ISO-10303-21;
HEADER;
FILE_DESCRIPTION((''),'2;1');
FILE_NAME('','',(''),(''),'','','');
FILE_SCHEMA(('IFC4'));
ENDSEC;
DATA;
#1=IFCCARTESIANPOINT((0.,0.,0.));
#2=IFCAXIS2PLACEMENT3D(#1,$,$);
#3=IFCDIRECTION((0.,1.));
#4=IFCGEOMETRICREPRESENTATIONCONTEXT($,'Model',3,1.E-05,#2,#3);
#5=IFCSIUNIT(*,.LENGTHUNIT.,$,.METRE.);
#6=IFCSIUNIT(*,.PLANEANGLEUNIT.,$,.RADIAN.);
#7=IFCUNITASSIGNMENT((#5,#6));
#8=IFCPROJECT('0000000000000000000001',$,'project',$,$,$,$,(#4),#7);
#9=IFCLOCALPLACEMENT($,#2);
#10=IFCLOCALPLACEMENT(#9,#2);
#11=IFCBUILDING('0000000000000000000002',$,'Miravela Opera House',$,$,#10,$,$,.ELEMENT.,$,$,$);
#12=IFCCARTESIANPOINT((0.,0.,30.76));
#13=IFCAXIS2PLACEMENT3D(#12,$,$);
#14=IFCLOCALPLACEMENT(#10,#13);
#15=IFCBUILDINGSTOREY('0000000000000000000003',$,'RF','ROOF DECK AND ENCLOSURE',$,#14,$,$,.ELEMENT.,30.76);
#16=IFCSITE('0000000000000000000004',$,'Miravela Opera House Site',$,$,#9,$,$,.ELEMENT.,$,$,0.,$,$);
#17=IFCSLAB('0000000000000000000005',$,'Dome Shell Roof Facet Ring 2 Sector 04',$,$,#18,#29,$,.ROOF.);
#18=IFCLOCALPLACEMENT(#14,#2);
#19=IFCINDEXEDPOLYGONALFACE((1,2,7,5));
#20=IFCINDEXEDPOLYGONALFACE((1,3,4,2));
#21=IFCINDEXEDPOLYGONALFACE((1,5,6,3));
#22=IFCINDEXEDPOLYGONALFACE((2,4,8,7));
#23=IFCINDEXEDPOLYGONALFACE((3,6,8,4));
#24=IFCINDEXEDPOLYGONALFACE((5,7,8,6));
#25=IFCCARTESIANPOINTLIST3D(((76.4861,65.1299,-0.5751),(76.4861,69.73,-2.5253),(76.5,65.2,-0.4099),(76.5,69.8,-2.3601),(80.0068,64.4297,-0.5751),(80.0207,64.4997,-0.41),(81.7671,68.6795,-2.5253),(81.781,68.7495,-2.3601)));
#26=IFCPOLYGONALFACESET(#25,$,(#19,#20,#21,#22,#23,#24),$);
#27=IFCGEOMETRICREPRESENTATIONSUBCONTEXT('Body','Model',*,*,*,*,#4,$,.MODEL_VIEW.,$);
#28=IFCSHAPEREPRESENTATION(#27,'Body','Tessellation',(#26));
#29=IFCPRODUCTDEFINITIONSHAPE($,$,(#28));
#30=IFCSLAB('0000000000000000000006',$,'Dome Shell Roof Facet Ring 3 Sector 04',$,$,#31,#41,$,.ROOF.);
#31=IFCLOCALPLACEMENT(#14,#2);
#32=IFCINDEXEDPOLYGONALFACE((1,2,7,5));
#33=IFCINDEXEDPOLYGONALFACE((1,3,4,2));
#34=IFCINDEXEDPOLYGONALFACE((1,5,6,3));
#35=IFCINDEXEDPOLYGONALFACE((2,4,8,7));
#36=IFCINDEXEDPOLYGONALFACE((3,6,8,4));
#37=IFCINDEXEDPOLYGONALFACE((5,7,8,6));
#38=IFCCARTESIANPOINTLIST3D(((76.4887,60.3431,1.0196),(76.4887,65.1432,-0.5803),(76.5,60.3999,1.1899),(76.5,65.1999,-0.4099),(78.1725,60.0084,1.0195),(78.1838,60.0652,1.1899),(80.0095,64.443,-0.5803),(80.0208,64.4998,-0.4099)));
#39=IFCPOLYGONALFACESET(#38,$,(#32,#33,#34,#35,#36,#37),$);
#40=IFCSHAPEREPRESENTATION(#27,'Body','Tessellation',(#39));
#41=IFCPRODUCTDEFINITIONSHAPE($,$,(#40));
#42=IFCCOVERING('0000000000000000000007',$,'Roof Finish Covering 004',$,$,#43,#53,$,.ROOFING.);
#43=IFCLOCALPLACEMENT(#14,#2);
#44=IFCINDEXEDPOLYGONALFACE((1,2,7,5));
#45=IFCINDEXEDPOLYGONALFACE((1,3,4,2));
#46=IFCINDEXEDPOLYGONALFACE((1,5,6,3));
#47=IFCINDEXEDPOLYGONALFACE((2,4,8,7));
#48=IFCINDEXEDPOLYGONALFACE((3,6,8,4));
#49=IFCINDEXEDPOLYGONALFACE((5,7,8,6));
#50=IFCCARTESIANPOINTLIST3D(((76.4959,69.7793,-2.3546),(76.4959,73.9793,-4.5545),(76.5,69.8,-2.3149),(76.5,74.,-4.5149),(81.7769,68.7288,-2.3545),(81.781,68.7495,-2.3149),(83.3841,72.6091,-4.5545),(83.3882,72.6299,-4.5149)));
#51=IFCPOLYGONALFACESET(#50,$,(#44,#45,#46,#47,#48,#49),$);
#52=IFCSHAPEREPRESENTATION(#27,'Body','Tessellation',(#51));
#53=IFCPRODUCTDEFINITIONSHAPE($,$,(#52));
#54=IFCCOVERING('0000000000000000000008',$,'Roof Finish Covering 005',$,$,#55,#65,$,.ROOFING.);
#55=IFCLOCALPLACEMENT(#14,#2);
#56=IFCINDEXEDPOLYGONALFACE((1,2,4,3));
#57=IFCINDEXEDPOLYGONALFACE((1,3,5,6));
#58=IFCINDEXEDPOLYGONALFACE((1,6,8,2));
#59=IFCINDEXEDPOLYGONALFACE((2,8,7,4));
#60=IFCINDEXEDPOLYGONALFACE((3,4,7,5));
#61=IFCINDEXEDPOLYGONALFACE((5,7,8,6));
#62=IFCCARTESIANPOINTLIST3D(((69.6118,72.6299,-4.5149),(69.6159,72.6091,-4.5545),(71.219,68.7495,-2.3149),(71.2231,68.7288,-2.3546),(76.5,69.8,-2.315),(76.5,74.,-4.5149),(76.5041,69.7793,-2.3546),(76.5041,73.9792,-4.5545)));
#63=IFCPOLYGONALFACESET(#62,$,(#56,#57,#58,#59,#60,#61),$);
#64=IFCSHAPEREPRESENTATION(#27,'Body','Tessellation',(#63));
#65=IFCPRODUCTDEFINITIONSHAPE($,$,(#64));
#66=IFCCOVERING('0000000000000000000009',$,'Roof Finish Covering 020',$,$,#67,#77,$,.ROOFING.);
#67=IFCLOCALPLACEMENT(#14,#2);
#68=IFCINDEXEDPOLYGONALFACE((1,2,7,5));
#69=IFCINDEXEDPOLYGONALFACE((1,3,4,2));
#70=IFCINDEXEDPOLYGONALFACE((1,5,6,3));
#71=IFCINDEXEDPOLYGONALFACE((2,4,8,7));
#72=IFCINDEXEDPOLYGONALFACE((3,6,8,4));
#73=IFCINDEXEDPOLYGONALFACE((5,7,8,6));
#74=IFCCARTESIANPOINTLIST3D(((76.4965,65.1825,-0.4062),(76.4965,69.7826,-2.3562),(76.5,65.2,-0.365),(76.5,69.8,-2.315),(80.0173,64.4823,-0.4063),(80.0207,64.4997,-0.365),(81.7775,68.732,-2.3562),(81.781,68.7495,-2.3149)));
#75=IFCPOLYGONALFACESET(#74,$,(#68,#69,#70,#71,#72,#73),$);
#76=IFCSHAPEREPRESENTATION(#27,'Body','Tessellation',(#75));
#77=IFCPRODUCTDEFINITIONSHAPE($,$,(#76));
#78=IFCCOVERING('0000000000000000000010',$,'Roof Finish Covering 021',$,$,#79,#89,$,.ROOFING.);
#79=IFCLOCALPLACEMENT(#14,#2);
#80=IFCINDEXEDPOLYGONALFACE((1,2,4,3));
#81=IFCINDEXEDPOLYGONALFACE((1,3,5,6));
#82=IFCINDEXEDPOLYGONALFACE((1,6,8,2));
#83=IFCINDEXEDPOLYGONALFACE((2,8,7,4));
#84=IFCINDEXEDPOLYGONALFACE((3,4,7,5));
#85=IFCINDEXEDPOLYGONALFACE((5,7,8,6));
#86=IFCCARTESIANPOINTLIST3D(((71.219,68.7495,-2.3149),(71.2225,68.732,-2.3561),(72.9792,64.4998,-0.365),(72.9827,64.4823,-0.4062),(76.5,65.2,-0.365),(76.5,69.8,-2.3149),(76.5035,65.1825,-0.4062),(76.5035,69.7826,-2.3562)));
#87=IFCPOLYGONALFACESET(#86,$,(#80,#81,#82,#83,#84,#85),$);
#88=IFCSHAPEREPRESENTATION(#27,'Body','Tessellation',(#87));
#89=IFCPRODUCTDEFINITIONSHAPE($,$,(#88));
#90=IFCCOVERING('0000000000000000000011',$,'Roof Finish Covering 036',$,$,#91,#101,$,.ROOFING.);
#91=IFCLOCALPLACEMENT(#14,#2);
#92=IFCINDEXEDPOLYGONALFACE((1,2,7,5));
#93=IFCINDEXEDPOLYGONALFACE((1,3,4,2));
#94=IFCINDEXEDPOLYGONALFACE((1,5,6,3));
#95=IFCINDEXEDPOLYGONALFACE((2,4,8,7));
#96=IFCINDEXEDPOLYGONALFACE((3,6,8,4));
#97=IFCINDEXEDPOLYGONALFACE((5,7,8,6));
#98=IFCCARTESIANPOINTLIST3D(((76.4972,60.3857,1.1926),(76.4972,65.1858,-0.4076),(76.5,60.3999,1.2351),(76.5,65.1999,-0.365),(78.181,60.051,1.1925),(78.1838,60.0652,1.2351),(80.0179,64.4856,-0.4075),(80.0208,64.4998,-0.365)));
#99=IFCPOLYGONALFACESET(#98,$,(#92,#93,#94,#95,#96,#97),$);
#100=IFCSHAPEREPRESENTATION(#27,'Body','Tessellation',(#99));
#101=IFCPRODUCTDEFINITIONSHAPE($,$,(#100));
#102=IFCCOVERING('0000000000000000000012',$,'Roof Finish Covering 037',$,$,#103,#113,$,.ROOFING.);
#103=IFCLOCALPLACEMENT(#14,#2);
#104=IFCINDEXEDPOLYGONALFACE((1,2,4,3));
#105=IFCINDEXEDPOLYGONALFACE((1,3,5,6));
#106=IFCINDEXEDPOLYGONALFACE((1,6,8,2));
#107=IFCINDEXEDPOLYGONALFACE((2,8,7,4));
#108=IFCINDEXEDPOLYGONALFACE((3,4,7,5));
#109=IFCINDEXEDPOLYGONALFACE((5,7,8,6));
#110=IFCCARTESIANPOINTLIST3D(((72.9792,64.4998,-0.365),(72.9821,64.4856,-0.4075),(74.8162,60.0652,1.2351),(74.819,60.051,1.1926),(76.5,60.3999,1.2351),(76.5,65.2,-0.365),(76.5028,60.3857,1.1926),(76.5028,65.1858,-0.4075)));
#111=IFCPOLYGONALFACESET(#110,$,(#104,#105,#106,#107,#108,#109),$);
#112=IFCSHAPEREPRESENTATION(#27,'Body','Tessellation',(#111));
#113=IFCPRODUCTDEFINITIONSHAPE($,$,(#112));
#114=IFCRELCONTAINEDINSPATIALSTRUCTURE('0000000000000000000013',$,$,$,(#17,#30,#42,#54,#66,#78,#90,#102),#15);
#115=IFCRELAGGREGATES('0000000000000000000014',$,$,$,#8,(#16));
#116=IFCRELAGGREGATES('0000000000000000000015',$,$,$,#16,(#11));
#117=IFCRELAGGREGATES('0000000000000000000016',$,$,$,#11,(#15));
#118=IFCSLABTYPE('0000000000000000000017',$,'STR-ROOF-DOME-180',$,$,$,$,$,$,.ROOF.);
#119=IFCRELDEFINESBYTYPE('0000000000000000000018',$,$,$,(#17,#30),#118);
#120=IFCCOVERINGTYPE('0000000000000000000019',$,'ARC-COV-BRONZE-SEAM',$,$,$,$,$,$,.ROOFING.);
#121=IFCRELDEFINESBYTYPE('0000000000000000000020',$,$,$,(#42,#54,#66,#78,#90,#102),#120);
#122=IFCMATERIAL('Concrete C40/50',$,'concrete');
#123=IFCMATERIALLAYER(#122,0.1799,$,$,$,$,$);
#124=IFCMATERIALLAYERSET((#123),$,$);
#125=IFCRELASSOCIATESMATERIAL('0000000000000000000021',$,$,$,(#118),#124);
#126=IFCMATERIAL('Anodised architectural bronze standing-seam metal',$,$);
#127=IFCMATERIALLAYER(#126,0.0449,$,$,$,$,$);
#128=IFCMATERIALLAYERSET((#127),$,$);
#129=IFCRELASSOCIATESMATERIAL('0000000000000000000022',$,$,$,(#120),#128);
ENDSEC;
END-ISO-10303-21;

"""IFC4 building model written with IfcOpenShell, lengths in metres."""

from ifc_helpers import new_model, si_unit, direction, frame, origin, place, context, subcontext, project, spatial, polyline, outline, extrude, material, layer, layer_set, type_object, element, save


model = new_model("IFC4")

# Units and contexts
model_context = context("Model", 3, precision=1e-05, world=origin(), true_north=direction((0.0, 1.0)))
body_context = subcontext(model_context, "Body", "Model", "MODEL_VIEW")
ifc_project = project(units=[si_unit("LENGTHUNIT", "METRE"), si_unit("PLANEANGLEUNIT", "RADIAN")], contexts=[model_context])

# Site, building, storey
site_placement = place(None, origin())
site = spatial("IfcSite", under=ifc_project, at=site_placement, Name="Miravela Opera House Site", CompositionType="ELEMENT", RefElevation=0.0)
building_placement = place(site_placement, origin())
building = spatial("IfcBuilding", under=site, at=building_placement, Name="Miravela Opera House", CompositionType="ELEMENT")
storey_placement = place(building_placement, frame((0.0, 0.0, 30.76)))
storey = spatial("IfcBuildingStorey", under=building, at=storey_placement, Name="RF", Description="ROOF DECK AND ENCLOSURE", CompositionType="ELEMENT", Elevation=30.76)

# Slabs
ifc_material_1 = material(Name="Concrete C40/50", Category="concrete")
ifc_layer_1 = layer(ifc_material_1, 0.1799)
ifc_layer_set_1 = layer_set([ifc_layer_1])
slab_type = type_object("IfcSlabType", Name="STR-ROOF-DOME-180", PredefinedType="ROOF", material=ifc_layer_set_1)
slab_1_placement = place(storey_placement, frame((81.781, 68.7495, -2.3601), z_axis=(0.077406, 0.389156, 0.917914), x_axis=(-0.980783, 0.195102, -0.000007)))
element("IfcSlab", 1, at=slab_1_placement, inside=storey, type_object=slab_type, Name="Dome Shell Roof Facet Ring 2 Sector 04", PredefinedType="ROOF", context=body_context, shape_type="SweptSolid", body=[
    extrude(outline(polyline([(0.0, 0.0), (5.3845, 0.0), (4.487, 4.9151), (0.8973, 4.915), (0.0, 0.0)])), origin(), (0.0, 0.0, -1.0), 0.1799),
])
slab_2_placement = place(storey_placement, frame((80.0208, 64.4998, -0.4099), z_axis=(0.062752, 0.315582, 0.946821), x_axis=(-0.980793, 0.195054, -0.000009)))
element("IfcSlab", 2, at=slab_2_placement, inside=storey, type_object=slab_type, Name="Dome Shell Roof Facet Ring 3 Sector 04", PredefinedType="ROOF", context=body_context, shape_type="SweptSolid", body=[
    extrude(outline(polyline([(0.0, 0.0), (3.5897, 0.0), (2.6534, 4.9723), (0.9366, 4.9721), (0.0, 0.0)])), origin(), (0.0, 0.0, -1.0), 0.1799),
])

# Coverings
ifc_material_2 = material(Name="Anodised architectural bronze standing-seam metal")
ifc_layer_2 = layer(ifc_material_2, 0.0449)
ifc_layer_set_2 = layer_set([ifc_layer_2])
covering_type = type_object("IfcCoveringType", Name="ARC-COV-BRONZE-SEAM", PredefinedType="ROOFING", material=ifc_layer_set_2)
covering_1_placement = place(storey_placement, frame((83.3882, 72.6299, -4.5149), z_axis=(0.091906, 0.462034, 0.882087), x_axis=(-0.980786, 0.195088, 0.000003)))
element("IfcCovering", 3, at=covering_1_placement, inside=storey, type_object=covering_type, Name="Roof Finish Covering 004", PredefinedType="ROOFING", context=body_context, shape_type="SweptSolid", body=[
    extrude(outline(polyline([(0.0, 0.0), (7.0231, 0.0), (6.2038, 4.6699), (0.8193, 4.67), (0.0, 0.0)])), origin(), (0.0, 0.0, -1.0), 0.0449),
])
covering_2_placement = place(storey_placement, frame((76.5, 74.0, -4.5149), z_axis=(-0.091906, 0.462034, 0.882087), x_axis=(-0.980786, -0.195088, -0.000003)))
element("IfcCovering", 4, at=covering_2_placement, inside=storey, type_object=covering_type, Name="Roof Finish Covering 005", PredefinedType="ROOFING", context=body_context, shape_type="SweptSolid", body=[
    extrude(outline(polyline([(0.0, 0.0), (7.0231, 0.0), (6.2038, 4.67), (0.8194, 4.6699), (0.0, 0.0)])), origin(), (0.0, 0.0, -1.0), 0.0449),
])
covering_3_placement = place(storey_placement, frame((81.781, 68.7495, -2.3149), z_axis=(0.077398, 0.389115, 0.917932), x_axis=(-0.980783, 0.195102, -0.000007)))
element("IfcCovering", 5, at=covering_3_placement, inside=storey, type_object=covering_type, Name="Roof Finish Covering 020", PredefinedType="ROOFING", context=body_context, shape_type="SweptSolid", body=[
    extrude(outline(polyline([(0.0, 0.0), (5.3845, 0.0), (4.487, 4.915), (0.8973, 4.9149), (0.0, 0.0)])), origin(), (0.0, 0.0, -1.0), 0.0449),
])
covering_4_placement = place(storey_placement, frame((76.5, 69.8, -2.3149), z_axis=(-0.077398, 0.389115, 0.917932), x_axis=(-0.980783, -0.195102, 0.000007)))
element("IfcCovering", 6, at=covering_4_placement, inside=storey, type_object=covering_type, Name="Roof Finish Covering 021", PredefinedType="ROOFING", context=body_context, shape_type="SweptSolid", body=[
    extrude(outline(polyline([(0.0, 0.0), (5.3845, 0.0), (4.4872, 4.9149), (0.8975, 4.915), (0.0, 0.0)])), origin(), (0.0, 0.0, -1.0), 0.0449),
])
covering_5_placement = place(storey_placement, frame((80.0208, 64.4998, -0.365), z_axis=(0.062761, 0.315625, 0.946806), x_axis=(-0.980793, 0.195054, -0.000009)))
element("IfcCovering", 7, at=covering_5_placement, inside=storey, type_object=covering_type, Name="Roof Finish Covering 036", PredefinedType="ROOFING", context=body_context, shape_type="SweptSolid", body=[
    extrude(outline(polyline([(0.0, 0.0), (3.5897, 0.0), (2.6534, 4.9723), (0.9366, 4.9722), (0.0, 0.0)])), origin(), (0.0, 0.0, -1.0), 0.0449),
])
covering_6_placement = place(storey_placement, frame((76.5, 65.2, -0.365), z_axis=(-0.062761, 0.315625, 0.946806), x_axis=(-0.980793, -0.195054, 0.000009)))
element("IfcCovering", 8, at=covering_6_placement, inside=storey, type_object=covering_type, Name="Roof Finish Covering 037", PredefinedType="ROOFING", context=body_context, shape_type="SweptSolid", body=[
    extrude(outline(polyline([(0.0, 0.0), (3.5897, 0.0), (2.6531, 4.9722), (0.9363, 4.9723), (0.0, 0.0)])), origin(), (0.0, 0.0, -1.0), 0.0449),
])

save(model, "model.ifc")
